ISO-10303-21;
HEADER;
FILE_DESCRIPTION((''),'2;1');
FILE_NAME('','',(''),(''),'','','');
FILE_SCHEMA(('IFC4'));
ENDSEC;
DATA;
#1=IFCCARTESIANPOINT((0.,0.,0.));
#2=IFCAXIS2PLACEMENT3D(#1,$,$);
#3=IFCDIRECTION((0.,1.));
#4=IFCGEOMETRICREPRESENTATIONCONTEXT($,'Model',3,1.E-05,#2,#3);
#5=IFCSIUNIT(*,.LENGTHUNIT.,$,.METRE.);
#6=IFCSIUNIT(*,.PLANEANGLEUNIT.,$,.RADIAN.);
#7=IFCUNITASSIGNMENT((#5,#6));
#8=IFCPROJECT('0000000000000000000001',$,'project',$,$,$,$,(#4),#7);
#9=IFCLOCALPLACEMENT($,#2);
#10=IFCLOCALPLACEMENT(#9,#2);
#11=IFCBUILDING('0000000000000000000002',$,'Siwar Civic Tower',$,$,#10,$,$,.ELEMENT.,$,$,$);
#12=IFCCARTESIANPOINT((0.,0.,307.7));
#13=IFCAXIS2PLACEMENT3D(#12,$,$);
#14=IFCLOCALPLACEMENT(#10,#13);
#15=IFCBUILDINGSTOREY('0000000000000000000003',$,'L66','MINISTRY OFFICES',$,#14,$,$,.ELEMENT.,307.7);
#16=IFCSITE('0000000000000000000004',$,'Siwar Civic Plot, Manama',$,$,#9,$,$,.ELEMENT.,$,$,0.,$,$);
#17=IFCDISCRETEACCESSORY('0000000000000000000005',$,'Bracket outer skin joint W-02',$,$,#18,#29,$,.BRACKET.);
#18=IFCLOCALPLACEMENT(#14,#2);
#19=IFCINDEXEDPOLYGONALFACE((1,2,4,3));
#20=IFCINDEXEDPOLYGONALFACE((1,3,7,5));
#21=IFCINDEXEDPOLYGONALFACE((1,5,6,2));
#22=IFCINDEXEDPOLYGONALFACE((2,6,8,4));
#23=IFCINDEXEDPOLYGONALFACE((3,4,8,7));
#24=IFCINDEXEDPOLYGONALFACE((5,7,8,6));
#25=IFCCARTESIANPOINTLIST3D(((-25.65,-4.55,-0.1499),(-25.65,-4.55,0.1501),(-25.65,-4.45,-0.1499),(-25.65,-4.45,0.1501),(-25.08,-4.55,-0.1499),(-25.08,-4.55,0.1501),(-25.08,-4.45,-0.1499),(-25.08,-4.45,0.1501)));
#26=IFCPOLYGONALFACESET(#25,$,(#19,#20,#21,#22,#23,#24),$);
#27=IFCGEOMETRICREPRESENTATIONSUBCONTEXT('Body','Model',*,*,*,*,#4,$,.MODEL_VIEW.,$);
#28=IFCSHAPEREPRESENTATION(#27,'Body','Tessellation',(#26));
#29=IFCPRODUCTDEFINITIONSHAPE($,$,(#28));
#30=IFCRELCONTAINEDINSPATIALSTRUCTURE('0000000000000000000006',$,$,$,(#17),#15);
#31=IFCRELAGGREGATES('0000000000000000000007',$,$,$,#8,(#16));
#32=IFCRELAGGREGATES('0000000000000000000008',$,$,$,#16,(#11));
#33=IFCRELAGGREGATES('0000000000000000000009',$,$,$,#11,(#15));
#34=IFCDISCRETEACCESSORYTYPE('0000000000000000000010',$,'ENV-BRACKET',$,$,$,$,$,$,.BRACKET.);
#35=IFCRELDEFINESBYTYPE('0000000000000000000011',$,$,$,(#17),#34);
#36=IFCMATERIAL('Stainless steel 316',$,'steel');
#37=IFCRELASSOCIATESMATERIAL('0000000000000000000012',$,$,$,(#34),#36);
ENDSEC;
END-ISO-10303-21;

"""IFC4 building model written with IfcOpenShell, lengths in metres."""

from ifc_helpers import new_model, si_unit, direction, frame, origin, origin_2d, place, context, subcontext, project, spatial, rectangle, extrude, material, type_object, element, save


model = new_model("IFC4")

# Units and contexts
model_context = context("Model", 3, precision=1e-05, world=origin(), true_north=direction((0.0, 1.0)))
body_context = subcontext(model_context, "Body", "Model", "MODEL_VIEW")
ifc_project = project(units=[si_unit("LENGTHUNIT", "METRE"), si_unit("PLANEANGLEUNIT", "RADIAN")], contexts=[model_context])

# Site, building, storey
site_placement = place(None, origin())
site = spatial("IfcSite", under=ifc_project, at=site_placement, Name="Siwar Civic Plot, Manama", CompositionType="ELEMENT", RefElevation=0.0)
building_placement = place(site_placement, origin())
building = spatial("IfcBuilding", under=site, at=building_placement, Name="Siwar Civic Tower", CompositionType="ELEMENT")
storey_placement = place(building_placement, frame((0.0, 0.0, 307.7)))
storey = spatial("IfcBuildingStorey", under=building, at=storey_placement, Name="L66", Description="MINISTRY OFFICES", CompositionType="ELEMENT", Elevation=307.7)

# Discrete accessory
ifc_material_1 = material(Name="Stainless steel 316", Category="steel")
discrete_accessory_type = type_object("IfcDiscreteAccessoryType", Name="ENV-BRACKET", PredefinedType="BRACKET", material=ifc_material_1)
discrete_accessory_placement = place(storey_placement, frame((-25.365, -4.5, -0.1499), z_axis=(0.0, 0.0, 1.0), x_axis=(-1.0, 0.0, 0.0)))
element("IfcDiscreteAccessory", 1, at=discrete_accessory_placement, inside=storey, type_object=discrete_accessory_type, Name="Bracket outer skin joint W-02", PredefinedType="BRACKET", context=body_context, shape_type="SweptSolid", body=[
    extrude(rectangle(XDim=0.5701, YDim=0.1001, at=origin_2d()), origin(), (0.0, 0.0, 1.0), 0.3),
])

save(model, "model.ifc")
